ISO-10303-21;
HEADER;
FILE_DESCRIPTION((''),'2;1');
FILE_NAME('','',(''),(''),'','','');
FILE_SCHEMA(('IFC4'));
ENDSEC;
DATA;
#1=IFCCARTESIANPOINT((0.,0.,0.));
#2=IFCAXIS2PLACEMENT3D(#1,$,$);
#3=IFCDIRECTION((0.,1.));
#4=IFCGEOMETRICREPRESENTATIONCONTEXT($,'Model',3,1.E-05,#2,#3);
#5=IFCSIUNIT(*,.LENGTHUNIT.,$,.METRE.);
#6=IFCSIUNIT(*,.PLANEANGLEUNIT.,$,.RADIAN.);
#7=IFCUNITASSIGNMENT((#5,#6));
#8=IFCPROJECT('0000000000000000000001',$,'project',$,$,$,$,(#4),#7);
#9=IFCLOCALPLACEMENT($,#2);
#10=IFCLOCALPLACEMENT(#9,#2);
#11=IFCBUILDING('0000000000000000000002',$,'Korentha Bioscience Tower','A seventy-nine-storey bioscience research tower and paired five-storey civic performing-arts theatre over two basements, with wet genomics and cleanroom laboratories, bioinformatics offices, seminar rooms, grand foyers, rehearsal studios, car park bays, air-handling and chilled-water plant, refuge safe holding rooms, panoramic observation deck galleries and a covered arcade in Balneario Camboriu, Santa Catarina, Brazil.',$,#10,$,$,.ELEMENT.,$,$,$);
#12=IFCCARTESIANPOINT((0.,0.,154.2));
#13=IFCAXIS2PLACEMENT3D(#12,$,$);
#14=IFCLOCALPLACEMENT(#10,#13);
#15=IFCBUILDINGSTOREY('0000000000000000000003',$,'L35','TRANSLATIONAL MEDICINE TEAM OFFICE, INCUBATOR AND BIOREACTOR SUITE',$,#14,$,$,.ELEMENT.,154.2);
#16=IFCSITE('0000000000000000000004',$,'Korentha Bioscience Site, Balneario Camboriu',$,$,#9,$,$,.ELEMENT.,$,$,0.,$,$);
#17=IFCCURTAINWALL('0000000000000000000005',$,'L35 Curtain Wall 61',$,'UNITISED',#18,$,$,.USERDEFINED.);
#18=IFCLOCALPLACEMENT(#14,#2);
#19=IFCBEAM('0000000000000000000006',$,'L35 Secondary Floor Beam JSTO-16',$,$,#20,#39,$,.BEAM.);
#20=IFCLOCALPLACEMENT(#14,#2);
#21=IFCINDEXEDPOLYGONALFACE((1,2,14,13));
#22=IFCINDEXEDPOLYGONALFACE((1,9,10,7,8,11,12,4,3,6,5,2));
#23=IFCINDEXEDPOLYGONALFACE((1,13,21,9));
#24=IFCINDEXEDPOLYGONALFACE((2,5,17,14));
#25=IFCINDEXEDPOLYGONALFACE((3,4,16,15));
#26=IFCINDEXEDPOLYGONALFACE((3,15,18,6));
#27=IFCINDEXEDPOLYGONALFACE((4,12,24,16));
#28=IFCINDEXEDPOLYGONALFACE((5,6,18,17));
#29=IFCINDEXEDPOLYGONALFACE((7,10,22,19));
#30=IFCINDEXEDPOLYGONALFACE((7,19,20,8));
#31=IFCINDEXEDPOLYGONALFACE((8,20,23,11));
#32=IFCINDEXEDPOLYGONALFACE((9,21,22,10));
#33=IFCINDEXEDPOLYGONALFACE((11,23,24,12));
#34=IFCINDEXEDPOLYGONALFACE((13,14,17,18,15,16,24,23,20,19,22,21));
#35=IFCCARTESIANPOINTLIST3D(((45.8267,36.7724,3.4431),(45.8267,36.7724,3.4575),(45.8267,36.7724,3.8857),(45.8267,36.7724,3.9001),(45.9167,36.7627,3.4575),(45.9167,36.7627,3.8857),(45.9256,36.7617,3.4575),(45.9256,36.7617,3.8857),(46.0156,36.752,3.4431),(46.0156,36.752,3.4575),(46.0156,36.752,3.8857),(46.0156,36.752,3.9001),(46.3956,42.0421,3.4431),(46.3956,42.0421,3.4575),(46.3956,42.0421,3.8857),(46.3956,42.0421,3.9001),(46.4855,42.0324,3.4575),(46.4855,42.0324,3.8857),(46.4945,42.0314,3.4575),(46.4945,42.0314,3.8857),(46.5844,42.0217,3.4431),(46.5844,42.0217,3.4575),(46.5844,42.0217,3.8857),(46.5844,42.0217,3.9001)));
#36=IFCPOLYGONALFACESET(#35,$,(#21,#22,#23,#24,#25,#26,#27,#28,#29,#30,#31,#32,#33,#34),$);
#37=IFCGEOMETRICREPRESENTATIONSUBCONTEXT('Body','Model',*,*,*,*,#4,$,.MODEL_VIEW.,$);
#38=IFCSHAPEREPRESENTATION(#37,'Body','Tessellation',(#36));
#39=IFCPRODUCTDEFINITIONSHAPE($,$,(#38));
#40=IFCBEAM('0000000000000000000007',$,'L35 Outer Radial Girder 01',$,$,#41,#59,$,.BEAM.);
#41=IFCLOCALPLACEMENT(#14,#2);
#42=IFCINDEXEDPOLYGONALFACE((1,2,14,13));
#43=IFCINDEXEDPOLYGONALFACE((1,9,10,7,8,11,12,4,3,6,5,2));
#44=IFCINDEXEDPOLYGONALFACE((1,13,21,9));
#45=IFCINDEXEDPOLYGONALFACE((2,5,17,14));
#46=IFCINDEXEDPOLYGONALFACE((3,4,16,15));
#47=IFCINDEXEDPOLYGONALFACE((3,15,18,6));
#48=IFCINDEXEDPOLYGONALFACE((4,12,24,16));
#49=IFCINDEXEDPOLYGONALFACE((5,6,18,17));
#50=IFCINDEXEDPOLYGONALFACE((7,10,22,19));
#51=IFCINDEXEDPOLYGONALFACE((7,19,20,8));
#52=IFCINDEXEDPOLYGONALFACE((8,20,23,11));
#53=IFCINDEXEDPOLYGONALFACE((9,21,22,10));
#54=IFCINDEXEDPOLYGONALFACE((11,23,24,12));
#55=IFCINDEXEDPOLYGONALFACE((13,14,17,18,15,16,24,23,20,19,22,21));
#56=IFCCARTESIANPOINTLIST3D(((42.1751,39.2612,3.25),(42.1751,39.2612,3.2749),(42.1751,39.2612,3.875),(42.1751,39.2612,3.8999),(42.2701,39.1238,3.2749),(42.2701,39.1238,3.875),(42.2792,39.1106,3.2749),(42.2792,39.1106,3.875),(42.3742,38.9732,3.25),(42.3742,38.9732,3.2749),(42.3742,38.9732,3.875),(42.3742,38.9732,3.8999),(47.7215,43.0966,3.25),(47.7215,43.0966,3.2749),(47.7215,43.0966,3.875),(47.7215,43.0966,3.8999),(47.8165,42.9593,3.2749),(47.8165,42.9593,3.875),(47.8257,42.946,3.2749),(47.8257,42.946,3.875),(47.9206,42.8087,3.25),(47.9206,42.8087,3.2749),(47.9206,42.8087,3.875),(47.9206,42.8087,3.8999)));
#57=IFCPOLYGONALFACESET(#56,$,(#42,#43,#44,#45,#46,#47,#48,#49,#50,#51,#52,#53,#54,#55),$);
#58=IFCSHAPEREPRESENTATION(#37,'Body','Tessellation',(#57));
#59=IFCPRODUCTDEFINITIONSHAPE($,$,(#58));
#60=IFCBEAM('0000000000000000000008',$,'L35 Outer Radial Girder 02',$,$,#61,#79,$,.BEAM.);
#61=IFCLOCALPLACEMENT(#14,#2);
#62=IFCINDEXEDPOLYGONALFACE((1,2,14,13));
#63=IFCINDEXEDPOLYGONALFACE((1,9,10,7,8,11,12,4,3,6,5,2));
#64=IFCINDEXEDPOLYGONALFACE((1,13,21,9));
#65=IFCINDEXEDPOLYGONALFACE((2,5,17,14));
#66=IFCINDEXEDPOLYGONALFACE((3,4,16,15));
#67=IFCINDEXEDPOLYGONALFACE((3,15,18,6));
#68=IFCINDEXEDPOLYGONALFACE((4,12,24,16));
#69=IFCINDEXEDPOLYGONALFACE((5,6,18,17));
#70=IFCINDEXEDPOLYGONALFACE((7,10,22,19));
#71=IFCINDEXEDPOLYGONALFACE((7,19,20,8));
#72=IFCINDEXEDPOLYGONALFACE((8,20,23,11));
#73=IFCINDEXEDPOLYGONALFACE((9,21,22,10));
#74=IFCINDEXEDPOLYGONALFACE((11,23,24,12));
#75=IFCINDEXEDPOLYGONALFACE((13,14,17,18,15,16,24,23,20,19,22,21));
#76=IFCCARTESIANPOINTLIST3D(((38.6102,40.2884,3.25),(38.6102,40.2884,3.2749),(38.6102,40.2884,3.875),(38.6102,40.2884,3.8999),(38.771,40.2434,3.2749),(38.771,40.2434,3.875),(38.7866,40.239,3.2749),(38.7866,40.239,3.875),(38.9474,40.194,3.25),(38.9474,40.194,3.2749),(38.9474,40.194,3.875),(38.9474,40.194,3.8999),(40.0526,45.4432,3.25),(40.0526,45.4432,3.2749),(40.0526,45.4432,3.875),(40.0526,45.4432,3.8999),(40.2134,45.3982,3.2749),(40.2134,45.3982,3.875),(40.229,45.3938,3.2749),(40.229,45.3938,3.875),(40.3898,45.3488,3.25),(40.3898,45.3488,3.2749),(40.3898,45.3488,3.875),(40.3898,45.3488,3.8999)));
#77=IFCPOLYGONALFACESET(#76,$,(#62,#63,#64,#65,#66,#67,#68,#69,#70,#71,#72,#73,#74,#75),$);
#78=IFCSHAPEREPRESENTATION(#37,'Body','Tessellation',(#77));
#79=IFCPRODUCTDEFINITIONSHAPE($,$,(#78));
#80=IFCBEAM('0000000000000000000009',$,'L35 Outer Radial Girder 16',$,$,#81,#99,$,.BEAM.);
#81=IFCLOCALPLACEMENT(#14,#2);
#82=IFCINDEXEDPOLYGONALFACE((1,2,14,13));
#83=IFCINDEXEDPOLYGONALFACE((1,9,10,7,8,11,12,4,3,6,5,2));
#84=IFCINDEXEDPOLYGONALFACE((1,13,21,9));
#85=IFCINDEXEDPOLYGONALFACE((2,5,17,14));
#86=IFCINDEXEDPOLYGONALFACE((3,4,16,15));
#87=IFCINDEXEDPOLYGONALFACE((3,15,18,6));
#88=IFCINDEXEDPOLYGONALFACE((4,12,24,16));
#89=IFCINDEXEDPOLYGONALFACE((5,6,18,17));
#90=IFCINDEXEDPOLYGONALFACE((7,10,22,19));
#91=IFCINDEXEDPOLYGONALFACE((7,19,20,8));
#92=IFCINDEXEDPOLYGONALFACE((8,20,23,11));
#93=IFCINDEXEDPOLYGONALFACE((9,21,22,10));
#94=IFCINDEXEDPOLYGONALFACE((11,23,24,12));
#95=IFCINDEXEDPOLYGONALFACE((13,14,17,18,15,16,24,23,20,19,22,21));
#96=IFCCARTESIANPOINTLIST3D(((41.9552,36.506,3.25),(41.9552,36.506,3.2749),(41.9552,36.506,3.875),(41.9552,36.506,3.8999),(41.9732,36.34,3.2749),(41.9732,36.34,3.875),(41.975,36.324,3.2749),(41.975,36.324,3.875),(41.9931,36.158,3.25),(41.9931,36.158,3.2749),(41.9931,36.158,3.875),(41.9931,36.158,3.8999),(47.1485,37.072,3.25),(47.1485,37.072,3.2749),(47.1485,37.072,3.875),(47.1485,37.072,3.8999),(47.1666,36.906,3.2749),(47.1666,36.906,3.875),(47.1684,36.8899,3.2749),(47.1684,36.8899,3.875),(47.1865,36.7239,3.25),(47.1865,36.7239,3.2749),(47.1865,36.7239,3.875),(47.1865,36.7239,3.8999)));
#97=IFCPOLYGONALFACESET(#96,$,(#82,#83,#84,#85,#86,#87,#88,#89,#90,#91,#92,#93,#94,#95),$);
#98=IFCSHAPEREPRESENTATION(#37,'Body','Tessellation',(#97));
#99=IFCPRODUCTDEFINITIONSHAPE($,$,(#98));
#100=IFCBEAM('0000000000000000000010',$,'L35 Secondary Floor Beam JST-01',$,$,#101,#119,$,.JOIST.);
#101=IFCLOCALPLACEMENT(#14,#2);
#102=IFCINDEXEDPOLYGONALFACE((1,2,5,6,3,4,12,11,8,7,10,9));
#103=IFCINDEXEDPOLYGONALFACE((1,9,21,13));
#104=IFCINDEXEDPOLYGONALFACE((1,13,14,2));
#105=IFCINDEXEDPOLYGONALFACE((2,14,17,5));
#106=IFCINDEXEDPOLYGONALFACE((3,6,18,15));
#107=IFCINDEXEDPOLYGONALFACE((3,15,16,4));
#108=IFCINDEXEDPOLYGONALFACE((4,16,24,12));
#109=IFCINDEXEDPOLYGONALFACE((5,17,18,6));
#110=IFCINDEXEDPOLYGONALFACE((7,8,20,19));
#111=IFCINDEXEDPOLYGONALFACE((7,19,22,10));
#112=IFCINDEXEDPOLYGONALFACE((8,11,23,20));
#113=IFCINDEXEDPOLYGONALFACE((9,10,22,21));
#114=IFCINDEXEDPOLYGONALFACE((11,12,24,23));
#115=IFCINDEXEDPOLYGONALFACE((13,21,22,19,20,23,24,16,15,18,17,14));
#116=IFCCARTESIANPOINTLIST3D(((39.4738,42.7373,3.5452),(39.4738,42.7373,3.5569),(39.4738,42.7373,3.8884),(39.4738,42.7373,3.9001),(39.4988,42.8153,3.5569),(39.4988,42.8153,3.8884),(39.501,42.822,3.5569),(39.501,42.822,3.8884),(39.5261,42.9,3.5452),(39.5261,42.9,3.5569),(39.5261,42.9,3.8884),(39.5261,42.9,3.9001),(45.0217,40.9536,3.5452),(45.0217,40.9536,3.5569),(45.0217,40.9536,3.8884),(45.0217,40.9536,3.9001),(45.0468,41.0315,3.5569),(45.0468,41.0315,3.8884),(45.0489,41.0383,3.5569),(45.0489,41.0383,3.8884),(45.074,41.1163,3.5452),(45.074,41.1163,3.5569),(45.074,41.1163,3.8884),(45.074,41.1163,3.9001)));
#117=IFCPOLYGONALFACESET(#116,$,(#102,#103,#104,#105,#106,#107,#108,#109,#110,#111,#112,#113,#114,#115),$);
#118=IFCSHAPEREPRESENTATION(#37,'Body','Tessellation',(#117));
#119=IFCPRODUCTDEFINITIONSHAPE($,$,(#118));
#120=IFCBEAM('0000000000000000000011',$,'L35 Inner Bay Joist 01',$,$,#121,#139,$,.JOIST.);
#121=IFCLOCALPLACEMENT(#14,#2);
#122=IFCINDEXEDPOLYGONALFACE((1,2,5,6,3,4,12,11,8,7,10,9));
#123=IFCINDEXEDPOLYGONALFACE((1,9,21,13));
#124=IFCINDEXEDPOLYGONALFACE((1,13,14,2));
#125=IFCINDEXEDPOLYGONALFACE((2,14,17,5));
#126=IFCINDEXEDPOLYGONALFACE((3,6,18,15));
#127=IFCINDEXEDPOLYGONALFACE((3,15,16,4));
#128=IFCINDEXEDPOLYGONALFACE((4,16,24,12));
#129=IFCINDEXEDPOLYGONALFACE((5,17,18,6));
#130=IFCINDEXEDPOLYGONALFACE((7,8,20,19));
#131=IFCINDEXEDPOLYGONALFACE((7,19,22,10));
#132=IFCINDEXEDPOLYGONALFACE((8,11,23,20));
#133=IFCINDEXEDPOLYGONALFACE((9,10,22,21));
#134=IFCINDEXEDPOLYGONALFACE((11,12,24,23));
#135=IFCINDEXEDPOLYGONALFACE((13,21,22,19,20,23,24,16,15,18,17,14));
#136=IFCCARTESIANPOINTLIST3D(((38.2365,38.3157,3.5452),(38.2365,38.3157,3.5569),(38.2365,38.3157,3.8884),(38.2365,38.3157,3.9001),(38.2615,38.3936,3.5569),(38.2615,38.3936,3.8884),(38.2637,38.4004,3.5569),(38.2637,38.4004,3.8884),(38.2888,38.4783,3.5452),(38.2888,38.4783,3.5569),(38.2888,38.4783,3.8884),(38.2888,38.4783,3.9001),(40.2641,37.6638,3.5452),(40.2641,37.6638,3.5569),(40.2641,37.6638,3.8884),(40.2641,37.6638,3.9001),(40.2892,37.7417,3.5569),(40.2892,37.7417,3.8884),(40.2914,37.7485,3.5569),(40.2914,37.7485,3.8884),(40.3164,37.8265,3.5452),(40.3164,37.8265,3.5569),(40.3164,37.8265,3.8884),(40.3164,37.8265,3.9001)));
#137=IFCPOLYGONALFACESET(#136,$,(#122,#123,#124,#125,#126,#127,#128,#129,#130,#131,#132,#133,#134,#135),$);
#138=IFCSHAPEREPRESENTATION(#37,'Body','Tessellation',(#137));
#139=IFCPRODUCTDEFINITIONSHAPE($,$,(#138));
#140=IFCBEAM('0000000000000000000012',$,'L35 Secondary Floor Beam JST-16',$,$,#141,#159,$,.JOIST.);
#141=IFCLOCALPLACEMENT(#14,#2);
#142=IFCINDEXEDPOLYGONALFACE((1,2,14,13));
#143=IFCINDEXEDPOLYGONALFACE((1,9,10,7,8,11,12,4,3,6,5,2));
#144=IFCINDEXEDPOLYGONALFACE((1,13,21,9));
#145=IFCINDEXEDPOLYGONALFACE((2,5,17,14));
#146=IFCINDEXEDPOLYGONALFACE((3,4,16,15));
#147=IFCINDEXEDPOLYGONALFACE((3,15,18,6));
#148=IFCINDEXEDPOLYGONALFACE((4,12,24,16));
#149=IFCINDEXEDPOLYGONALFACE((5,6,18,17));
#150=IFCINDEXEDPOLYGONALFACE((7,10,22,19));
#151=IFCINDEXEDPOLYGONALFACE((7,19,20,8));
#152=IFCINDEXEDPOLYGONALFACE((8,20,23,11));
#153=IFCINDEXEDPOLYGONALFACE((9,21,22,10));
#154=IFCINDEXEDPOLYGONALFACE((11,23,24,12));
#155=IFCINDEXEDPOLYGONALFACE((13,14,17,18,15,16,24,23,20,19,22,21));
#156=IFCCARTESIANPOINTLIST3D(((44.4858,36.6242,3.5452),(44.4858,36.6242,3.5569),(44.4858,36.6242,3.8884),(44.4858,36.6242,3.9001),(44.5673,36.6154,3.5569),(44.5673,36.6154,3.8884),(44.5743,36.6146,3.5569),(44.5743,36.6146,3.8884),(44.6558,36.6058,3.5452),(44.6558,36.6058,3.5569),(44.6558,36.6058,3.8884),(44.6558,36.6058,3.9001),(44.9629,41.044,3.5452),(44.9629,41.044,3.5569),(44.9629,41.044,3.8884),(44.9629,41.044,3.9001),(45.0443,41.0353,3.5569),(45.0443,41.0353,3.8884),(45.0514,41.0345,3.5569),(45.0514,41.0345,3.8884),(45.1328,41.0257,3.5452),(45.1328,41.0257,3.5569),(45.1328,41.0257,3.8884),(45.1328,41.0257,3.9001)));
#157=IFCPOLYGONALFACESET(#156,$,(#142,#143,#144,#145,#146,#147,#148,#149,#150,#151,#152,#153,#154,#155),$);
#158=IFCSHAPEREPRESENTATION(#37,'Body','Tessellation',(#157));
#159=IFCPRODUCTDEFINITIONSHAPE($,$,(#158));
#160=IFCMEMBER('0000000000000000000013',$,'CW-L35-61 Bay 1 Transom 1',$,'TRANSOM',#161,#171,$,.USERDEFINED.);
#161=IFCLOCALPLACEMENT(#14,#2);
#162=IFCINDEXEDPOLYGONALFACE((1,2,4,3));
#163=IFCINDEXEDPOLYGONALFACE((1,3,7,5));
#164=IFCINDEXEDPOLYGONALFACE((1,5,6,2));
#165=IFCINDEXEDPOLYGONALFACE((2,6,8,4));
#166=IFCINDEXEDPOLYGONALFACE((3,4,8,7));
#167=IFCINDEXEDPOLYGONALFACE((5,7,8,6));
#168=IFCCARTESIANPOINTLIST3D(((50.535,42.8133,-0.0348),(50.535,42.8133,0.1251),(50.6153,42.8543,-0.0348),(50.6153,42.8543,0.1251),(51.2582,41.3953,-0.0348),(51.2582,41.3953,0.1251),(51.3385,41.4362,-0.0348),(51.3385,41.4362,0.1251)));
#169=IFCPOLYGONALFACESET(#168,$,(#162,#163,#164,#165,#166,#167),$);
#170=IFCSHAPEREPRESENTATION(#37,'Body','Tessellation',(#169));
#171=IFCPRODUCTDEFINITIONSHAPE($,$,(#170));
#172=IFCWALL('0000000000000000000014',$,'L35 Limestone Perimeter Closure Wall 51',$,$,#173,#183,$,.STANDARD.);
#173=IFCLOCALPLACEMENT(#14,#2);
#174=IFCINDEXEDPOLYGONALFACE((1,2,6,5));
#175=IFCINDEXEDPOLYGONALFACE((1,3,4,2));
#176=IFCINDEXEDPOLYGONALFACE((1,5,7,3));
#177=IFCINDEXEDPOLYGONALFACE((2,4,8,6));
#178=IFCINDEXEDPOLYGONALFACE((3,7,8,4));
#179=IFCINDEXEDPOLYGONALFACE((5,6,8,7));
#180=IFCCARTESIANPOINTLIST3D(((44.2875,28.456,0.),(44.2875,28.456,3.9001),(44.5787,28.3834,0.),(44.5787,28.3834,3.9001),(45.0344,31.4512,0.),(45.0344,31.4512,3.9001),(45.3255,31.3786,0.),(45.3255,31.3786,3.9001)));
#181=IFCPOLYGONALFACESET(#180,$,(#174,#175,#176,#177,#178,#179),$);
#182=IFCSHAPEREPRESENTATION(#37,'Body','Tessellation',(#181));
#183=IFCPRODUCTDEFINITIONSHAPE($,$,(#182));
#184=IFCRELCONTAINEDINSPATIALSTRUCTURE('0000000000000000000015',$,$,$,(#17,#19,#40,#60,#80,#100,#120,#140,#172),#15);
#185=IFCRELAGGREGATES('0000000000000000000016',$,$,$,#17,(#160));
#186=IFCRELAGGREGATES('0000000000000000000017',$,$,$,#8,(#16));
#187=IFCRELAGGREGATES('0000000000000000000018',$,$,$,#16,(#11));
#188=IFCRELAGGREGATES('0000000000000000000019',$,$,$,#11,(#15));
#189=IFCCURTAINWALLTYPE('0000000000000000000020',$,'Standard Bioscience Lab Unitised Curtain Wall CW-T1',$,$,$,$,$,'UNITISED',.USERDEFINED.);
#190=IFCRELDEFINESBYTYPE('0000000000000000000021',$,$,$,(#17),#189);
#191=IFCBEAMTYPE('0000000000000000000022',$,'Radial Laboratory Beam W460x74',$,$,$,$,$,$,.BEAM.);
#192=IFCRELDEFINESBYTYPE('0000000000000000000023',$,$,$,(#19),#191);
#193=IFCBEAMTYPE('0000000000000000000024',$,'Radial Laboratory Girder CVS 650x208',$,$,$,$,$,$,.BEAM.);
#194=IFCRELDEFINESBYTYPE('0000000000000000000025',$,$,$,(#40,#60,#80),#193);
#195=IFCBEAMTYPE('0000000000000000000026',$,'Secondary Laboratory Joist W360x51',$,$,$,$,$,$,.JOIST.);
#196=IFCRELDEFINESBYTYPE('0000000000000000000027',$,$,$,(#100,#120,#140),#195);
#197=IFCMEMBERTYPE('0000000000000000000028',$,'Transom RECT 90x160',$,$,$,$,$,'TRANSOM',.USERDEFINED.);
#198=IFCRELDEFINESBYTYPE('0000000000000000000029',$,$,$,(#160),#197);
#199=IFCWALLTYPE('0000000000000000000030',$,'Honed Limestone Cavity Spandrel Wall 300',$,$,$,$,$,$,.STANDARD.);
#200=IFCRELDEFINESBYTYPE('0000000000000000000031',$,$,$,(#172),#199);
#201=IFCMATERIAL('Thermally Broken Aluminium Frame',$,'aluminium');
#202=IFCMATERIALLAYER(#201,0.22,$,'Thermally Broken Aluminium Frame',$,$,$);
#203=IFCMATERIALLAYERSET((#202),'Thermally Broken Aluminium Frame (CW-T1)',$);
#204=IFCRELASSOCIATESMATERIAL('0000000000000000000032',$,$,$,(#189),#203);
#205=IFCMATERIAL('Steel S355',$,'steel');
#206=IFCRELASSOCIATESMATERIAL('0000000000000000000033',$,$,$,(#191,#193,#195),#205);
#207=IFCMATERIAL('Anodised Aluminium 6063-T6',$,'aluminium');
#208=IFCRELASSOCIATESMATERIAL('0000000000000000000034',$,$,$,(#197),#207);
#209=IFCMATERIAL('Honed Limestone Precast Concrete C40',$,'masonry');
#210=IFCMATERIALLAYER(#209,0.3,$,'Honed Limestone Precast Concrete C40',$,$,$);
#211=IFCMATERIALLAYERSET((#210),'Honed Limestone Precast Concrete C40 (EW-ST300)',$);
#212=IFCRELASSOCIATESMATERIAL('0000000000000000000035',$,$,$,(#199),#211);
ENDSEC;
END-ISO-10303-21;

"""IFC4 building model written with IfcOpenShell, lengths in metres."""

from ifc_helpers import new_model, si_unit, direction, frame, frame_2d, origin, origin_2d, place, context, subcontext, project, spatial, rectangle, i_section, extrude, material, layer, layer_set, material_profile, profile_set, type_object, element, aggregate, save


model = new_model("IFC4")

# Units and contexts
model_context = context("Model", 3, precision=1e-05, world=origin(), true_north=direction((0.0, 1.0)))
body_context = subcontext(model_context, "Body", "Model", "MODEL_VIEW")
ifc_project = project(units=[si_unit("LENGTHUNIT", "METRE"), si_unit("PLANEANGLEUNIT", "RADIAN")], contexts=[model_context])

# Site, building, storey
site_placement = place(None, origin())
site = spatial("IfcSite", under=ifc_project, at=site_placement, Name="Korentha Bioscience Site, Balneario Camboriu", CompositionType="ELEMENT", RefElevation=0.0)
building_placement = place(site_placement, origin())
building = spatial("IfcBuilding", under=site, at=building_placement, Name="Korentha Bioscience Tower", Description="A seventy-nine-storey bioscience research tower and paired five-storey civic performing-arts theatre over two basements, with wet genomics and cleanroom laboratories, bioinformatics offices, seminar rooms, grand foyers, rehearsal studios, car park bays, air-handling and chilled-water plant, refuge safe holding rooms, panoramic observation deck galleries and a covered arcade in Balneario Camboriu, Santa Catarina, Brazil.", CompositionType="ELEMENT")
storey_placement = place(building_placement, frame((0.0, 0.0, 154.2)))
storey = spatial("IfcBuildingStorey", under=building, at=storey_placement, Name="L35", Description="TRANSLATIONAL MEDICINE TEAM OFFICE, INCUBATOR AND BIOREACTOR SUITE", CompositionType="ELEMENT", Elevation=154.2)

# Shared definitions
ifc_material_1 = material(Name="Steel S355", Category="steel")

# Curtain wall
ifc_material_2 = material(Name="Thermally Broken Aluminium Frame", Category="aluminium")
ifc_layer_1 = layer(ifc_material_2, 0.22, Name="Thermally Broken Aluminium Frame")
ifc_layer_set_1 = layer_set([ifc_layer_1], Name="Thermally Broken Aluminium Frame (CW-T1)")
curtain_wall_type = type_object("IfcCurtainWallType", Name="Standard Bioscience Lab Unitised Curtain Wall CW-T1", ElementType="UNITISED", PredefinedType="USERDEFINED", material=ifc_layer_set_1)
curtain_wall_placement = place(storey_placement, origin())
curtain_wall = element("IfcCurtainWall", 1, at=curtain_wall_placement, inside=storey, type_object=curtain_wall_type, Name="L35 Curtain Wall 61", ObjectType="UNITISED", PredefinedType="USERDEFINED")
ifc_material_3 = material(Name="Anodised Aluminium 6063-T6", Category="aluminium")

# Beams
ifc_material_profile_1 = material_profile(ifc_material_1, i_section(OverallWidth=0.1899, OverallDepth=0.457, WebThickness=0.009, FlangeThickness=0.0144, at=origin_2d()), Name="Steel S355")
ifc_profile_set_1 = profile_set([ifc_material_profile_1], Name="Steel S355 (RB-460)")
beam_type_1 = type_object("IfcBeamType", Name="Radial Laboratory Beam W460x74", PredefinedType="BEAM", material=ifc_profile_set_1)
beam_1_placement = place(storey_placement, frame((45.9211, 36.7622, 3.6716), z_axis=(0.107322, 0.994224, 0.0), x_axis=(-0.994224, 0.107322, 0.0)))
element("IfcBeam", 2, at=beam_1_placement, inside=storey, type_object=beam_type_1, Name="L35 Secondary Floor Beam JSTO-16", PredefinedType="BEAM", context=body_context, shape_type="SweptSolid", body=[
    extrude(i_section(OverallWidth=0.1899, OverallDepth=0.457, WebThickness=0.009, FlangeThickness=0.0144, at=origin_2d()), origin(), (0.0, 0.0, 1.0), 5.3003),
])
ifc_material_profile_2 = material_profile(ifc_material_1, i_section(OverallWidth=0.3501, OverallDepth=0.6499, WebThickness=0.0161, FlangeThickness=0.0249, at=origin_2d()), Name="Steel S355")
ifc_profile_set_2 = profile_set([ifc_material_profile_2], Name="Steel S355 (RB-650)")
beam_type_2 = type_object("IfcBeamType", Name="Radial Laboratory Girder CVS 650x208", PredefinedType="BEAM", material=ifc_profile_set_2)
beam_2_placement = place(storey_placement, frame((42.2747, 39.1172, 3.575), z_axis=(0.822494, 0.568773, 0.0), x_axis=(-0.568773, 0.822494, 0.0)))
element("IfcBeam", 3, at=beam_2_placement, inside=storey, type_object=beam_type_2, Name="L35 Outer Radial Girder 01", PredefinedType="BEAM", context=body_context, shape_type="SweptSolid", body=[
    extrude(i_section(OverallWidth=0.3501, OverallDepth=0.6499, WebThickness=0.0161, FlangeThickness=0.0249, at=origin_2d()), origin(), (0.0, 0.0, 1.0), 6.7434),
])
beam_3_placement = place(storey_placement, frame((38.7788, 40.2412, 3.575), z_axis=(0.269464, 0.96301, 0.0), x_axis=(-0.96301, 0.269464, 0.0)))
element("IfcBeam", 4, at=beam_3_placement, inside=storey, type_object=beam_type_2, Name="L35 Outer Radial Girder 02", PredefinedType="BEAM", context=body_context, shape_type="SweptSolid", body=[
    extrude(i_section(OverallWidth=0.3501, OverallDepth=0.6499, WebThickness=0.0161, FlangeThickness=0.0249, at=origin_2d()), origin(), (0.0, 0.0, 1.0), 5.3528),
])
beam_4_placement = place(storey_placement, frame((41.9741, 36.332, 3.575), z_axis=(0.994115, 0.108328, 0.0), x_axis=(-0.108328, 0.994115, 0.0)))
element("IfcBeam", 5, at=beam_4_placement, inside=storey, type_object=beam_type_2, Name="L35 Outer Radial Girder 16", PredefinedType="BEAM", context=body_context, shape_type="SweptSolid", body=[
    extrude(i_section(OverallWidth=0.3501, OverallDepth=0.6499, WebThickness=0.0161, FlangeThickness=0.0249, at=origin_2d()), origin(), (0.0, 0.0, 1.0), 5.2241),
])
ifc_material_profile_3 = material_profile(ifc_material_1, i_section(OverallWidth=0.1709, OverallDepth=0.355, WebThickness=0.0071, FlangeThickness=0.0117, at=origin_2d()), Name="Steel S355")
ifc_profile_set_3 = profile_set([ifc_material_profile_3], Name="Steel S355 (JB-360)")
beam_type_3 = type_object("IfcBeamType", Name="Secondary Laboratory Joist W360x51", PredefinedType="JOIST", material=ifc_profile_set_3)
beam_5_placement = place(storey_placement, frame((45.0479, 41.0349, 3.7227), z_axis=(-0.952006, 0.30608, 0.0), x_axis=(-0.30608, -0.952006, 0.0)))
element("IfcBeam", 6, at=beam_5_placement, inside=storey, type_object=beam_type_3, Name="L35 Secondary Floor Beam JST-01", PredefinedType="JOIST", context=body_context, shape_type="SweptSolid", body=[
    extrude(i_section(OverallWidth=0.1709, OverallDepth=0.355, WebThickness=0.0071, FlangeThickness=0.0117, at=origin_2d()), origin(), (0.0, 0.0, 1.0), 5.8276),
])
beam_6_placement = place(storey_placement, frame((40.2903, 37.7451, 3.7227), z_axis=(-0.952011, 0.306065, 0.0), x_axis=(-0.306065, -0.952011, 0.0)))
element("IfcBeam", 7, at=beam_6_placement, inside=storey, type_object=beam_type_3, Name="L35 Inner Bay Joist 01", PredefinedType="JOIST", context=body_context, shape_type="SweptSolid", body=[
    extrude(i_section(OverallWidth=0.1709, OverallDepth=0.355, WebThickness=0.0071, FlangeThickness=0.0117, at=origin_2d()), origin(), (0.0, 0.0, 1.0), 2.1299),
])
beam_7_placement = place(storey_placement, frame((44.5708, 36.615, 3.7227), z_axis=(0.107309, 0.994226, 0.0), x_axis=(-0.994226, 0.107309, 0.0)))
element("IfcBeam", 8, at=beam_7_placement, inside=storey, type_object=beam_type_3, Name="L35 Secondary Floor Beam JST-16", PredefinedType="JOIST", context=body_context, shape_type="SweptSolid", body=[
    extrude(i_section(OverallWidth=0.1709, OverallDepth=0.355, WebThickness=0.0071, FlangeThickness=0.0117, at=origin_2d()), origin(), (0.0, 0.0, 1.0), 4.4456),
])

# Member
ifc_material_profile_4 = material_profile(ifc_material_3, rectangle(XDim=0.0901, YDim=0.1599, at=origin_2d()), Name="Anodised Aluminium 6063-T6")
ifc_profile_set_4 = profile_set([ifc_material_profile_4], Name="Anodised Aluminium 6063-T6 (CW-TRN)")
member_type_1 = type_object("IfcMemberType", Name="Transom RECT 90x160", ElementType="TRANSOM", PredefinedType="USERDEFINED", material=ifc_profile_set_4)
member_1_placement = place(storey_placement, frame((51.2983, 41.4158, 0.0452), z_axis=(-0.454316, 0.89084, 0.0), x_axis=(-0.89084, -0.454316, 0.0)))
member_1 = element("IfcMember", 9, at=member_1_placement, type_object=member_type_1, Name="CW-L35-61 Bay 1 Transom 1", ObjectType="TRANSOM", PredefinedType="USERDEFINED", context=body_context, shape_type="SweptSolid", body=[
    extrude(rectangle(XDim=0.0901, YDim=0.1599, at=origin_2d()), origin(), (0.0, 0.0, 1.0), 1.5918),
])
aggregate(curtain_wall, [member_1])

# Wall
ifc_material_4 = material(Name="Honed Limestone Precast Concrete C40", Category="masonry")
ifc_layer_2 = layer(ifc_material_4, 0.3, Name="Honed Limestone Precast Concrete C40")
ifc_layer_set_2 = layer_set([ifc_layer_2], Name="Honed Limestone Precast Concrete C40 (EW-ST300)")
wall_type = type_object("IfcWallType", Name="Honed Limestone Cavity Spandrel Wall 300", PredefinedType="STANDARD", material=ifc_layer_set_2)
for number, where, z_axis, x_axis, name in (
    (10, (44.4331, 28.4197, 0.0), (0.0, 0.0, 1.0), (0.24194, 0.970291, 0.0), "L35 Limestone Perimeter Closure Wall 51"),
):
    element("IfcWall", number, at=place(storey_placement, frame(where, z_axis=z_axis, x_axis=x_axis)), inside=storey, type_object=wall_type, Name=name, PredefinedType="STANDARD", context=body_context, shape_type="SweptSolid", body=[
        extrude(rectangle(XDim=3.0869, YDim=0.3, at=frame_2d((1.5435, 0.0))), origin(), (0.0, 0.0, 1.0), 3.9001),
    ])

save(model, "model.ifc")
